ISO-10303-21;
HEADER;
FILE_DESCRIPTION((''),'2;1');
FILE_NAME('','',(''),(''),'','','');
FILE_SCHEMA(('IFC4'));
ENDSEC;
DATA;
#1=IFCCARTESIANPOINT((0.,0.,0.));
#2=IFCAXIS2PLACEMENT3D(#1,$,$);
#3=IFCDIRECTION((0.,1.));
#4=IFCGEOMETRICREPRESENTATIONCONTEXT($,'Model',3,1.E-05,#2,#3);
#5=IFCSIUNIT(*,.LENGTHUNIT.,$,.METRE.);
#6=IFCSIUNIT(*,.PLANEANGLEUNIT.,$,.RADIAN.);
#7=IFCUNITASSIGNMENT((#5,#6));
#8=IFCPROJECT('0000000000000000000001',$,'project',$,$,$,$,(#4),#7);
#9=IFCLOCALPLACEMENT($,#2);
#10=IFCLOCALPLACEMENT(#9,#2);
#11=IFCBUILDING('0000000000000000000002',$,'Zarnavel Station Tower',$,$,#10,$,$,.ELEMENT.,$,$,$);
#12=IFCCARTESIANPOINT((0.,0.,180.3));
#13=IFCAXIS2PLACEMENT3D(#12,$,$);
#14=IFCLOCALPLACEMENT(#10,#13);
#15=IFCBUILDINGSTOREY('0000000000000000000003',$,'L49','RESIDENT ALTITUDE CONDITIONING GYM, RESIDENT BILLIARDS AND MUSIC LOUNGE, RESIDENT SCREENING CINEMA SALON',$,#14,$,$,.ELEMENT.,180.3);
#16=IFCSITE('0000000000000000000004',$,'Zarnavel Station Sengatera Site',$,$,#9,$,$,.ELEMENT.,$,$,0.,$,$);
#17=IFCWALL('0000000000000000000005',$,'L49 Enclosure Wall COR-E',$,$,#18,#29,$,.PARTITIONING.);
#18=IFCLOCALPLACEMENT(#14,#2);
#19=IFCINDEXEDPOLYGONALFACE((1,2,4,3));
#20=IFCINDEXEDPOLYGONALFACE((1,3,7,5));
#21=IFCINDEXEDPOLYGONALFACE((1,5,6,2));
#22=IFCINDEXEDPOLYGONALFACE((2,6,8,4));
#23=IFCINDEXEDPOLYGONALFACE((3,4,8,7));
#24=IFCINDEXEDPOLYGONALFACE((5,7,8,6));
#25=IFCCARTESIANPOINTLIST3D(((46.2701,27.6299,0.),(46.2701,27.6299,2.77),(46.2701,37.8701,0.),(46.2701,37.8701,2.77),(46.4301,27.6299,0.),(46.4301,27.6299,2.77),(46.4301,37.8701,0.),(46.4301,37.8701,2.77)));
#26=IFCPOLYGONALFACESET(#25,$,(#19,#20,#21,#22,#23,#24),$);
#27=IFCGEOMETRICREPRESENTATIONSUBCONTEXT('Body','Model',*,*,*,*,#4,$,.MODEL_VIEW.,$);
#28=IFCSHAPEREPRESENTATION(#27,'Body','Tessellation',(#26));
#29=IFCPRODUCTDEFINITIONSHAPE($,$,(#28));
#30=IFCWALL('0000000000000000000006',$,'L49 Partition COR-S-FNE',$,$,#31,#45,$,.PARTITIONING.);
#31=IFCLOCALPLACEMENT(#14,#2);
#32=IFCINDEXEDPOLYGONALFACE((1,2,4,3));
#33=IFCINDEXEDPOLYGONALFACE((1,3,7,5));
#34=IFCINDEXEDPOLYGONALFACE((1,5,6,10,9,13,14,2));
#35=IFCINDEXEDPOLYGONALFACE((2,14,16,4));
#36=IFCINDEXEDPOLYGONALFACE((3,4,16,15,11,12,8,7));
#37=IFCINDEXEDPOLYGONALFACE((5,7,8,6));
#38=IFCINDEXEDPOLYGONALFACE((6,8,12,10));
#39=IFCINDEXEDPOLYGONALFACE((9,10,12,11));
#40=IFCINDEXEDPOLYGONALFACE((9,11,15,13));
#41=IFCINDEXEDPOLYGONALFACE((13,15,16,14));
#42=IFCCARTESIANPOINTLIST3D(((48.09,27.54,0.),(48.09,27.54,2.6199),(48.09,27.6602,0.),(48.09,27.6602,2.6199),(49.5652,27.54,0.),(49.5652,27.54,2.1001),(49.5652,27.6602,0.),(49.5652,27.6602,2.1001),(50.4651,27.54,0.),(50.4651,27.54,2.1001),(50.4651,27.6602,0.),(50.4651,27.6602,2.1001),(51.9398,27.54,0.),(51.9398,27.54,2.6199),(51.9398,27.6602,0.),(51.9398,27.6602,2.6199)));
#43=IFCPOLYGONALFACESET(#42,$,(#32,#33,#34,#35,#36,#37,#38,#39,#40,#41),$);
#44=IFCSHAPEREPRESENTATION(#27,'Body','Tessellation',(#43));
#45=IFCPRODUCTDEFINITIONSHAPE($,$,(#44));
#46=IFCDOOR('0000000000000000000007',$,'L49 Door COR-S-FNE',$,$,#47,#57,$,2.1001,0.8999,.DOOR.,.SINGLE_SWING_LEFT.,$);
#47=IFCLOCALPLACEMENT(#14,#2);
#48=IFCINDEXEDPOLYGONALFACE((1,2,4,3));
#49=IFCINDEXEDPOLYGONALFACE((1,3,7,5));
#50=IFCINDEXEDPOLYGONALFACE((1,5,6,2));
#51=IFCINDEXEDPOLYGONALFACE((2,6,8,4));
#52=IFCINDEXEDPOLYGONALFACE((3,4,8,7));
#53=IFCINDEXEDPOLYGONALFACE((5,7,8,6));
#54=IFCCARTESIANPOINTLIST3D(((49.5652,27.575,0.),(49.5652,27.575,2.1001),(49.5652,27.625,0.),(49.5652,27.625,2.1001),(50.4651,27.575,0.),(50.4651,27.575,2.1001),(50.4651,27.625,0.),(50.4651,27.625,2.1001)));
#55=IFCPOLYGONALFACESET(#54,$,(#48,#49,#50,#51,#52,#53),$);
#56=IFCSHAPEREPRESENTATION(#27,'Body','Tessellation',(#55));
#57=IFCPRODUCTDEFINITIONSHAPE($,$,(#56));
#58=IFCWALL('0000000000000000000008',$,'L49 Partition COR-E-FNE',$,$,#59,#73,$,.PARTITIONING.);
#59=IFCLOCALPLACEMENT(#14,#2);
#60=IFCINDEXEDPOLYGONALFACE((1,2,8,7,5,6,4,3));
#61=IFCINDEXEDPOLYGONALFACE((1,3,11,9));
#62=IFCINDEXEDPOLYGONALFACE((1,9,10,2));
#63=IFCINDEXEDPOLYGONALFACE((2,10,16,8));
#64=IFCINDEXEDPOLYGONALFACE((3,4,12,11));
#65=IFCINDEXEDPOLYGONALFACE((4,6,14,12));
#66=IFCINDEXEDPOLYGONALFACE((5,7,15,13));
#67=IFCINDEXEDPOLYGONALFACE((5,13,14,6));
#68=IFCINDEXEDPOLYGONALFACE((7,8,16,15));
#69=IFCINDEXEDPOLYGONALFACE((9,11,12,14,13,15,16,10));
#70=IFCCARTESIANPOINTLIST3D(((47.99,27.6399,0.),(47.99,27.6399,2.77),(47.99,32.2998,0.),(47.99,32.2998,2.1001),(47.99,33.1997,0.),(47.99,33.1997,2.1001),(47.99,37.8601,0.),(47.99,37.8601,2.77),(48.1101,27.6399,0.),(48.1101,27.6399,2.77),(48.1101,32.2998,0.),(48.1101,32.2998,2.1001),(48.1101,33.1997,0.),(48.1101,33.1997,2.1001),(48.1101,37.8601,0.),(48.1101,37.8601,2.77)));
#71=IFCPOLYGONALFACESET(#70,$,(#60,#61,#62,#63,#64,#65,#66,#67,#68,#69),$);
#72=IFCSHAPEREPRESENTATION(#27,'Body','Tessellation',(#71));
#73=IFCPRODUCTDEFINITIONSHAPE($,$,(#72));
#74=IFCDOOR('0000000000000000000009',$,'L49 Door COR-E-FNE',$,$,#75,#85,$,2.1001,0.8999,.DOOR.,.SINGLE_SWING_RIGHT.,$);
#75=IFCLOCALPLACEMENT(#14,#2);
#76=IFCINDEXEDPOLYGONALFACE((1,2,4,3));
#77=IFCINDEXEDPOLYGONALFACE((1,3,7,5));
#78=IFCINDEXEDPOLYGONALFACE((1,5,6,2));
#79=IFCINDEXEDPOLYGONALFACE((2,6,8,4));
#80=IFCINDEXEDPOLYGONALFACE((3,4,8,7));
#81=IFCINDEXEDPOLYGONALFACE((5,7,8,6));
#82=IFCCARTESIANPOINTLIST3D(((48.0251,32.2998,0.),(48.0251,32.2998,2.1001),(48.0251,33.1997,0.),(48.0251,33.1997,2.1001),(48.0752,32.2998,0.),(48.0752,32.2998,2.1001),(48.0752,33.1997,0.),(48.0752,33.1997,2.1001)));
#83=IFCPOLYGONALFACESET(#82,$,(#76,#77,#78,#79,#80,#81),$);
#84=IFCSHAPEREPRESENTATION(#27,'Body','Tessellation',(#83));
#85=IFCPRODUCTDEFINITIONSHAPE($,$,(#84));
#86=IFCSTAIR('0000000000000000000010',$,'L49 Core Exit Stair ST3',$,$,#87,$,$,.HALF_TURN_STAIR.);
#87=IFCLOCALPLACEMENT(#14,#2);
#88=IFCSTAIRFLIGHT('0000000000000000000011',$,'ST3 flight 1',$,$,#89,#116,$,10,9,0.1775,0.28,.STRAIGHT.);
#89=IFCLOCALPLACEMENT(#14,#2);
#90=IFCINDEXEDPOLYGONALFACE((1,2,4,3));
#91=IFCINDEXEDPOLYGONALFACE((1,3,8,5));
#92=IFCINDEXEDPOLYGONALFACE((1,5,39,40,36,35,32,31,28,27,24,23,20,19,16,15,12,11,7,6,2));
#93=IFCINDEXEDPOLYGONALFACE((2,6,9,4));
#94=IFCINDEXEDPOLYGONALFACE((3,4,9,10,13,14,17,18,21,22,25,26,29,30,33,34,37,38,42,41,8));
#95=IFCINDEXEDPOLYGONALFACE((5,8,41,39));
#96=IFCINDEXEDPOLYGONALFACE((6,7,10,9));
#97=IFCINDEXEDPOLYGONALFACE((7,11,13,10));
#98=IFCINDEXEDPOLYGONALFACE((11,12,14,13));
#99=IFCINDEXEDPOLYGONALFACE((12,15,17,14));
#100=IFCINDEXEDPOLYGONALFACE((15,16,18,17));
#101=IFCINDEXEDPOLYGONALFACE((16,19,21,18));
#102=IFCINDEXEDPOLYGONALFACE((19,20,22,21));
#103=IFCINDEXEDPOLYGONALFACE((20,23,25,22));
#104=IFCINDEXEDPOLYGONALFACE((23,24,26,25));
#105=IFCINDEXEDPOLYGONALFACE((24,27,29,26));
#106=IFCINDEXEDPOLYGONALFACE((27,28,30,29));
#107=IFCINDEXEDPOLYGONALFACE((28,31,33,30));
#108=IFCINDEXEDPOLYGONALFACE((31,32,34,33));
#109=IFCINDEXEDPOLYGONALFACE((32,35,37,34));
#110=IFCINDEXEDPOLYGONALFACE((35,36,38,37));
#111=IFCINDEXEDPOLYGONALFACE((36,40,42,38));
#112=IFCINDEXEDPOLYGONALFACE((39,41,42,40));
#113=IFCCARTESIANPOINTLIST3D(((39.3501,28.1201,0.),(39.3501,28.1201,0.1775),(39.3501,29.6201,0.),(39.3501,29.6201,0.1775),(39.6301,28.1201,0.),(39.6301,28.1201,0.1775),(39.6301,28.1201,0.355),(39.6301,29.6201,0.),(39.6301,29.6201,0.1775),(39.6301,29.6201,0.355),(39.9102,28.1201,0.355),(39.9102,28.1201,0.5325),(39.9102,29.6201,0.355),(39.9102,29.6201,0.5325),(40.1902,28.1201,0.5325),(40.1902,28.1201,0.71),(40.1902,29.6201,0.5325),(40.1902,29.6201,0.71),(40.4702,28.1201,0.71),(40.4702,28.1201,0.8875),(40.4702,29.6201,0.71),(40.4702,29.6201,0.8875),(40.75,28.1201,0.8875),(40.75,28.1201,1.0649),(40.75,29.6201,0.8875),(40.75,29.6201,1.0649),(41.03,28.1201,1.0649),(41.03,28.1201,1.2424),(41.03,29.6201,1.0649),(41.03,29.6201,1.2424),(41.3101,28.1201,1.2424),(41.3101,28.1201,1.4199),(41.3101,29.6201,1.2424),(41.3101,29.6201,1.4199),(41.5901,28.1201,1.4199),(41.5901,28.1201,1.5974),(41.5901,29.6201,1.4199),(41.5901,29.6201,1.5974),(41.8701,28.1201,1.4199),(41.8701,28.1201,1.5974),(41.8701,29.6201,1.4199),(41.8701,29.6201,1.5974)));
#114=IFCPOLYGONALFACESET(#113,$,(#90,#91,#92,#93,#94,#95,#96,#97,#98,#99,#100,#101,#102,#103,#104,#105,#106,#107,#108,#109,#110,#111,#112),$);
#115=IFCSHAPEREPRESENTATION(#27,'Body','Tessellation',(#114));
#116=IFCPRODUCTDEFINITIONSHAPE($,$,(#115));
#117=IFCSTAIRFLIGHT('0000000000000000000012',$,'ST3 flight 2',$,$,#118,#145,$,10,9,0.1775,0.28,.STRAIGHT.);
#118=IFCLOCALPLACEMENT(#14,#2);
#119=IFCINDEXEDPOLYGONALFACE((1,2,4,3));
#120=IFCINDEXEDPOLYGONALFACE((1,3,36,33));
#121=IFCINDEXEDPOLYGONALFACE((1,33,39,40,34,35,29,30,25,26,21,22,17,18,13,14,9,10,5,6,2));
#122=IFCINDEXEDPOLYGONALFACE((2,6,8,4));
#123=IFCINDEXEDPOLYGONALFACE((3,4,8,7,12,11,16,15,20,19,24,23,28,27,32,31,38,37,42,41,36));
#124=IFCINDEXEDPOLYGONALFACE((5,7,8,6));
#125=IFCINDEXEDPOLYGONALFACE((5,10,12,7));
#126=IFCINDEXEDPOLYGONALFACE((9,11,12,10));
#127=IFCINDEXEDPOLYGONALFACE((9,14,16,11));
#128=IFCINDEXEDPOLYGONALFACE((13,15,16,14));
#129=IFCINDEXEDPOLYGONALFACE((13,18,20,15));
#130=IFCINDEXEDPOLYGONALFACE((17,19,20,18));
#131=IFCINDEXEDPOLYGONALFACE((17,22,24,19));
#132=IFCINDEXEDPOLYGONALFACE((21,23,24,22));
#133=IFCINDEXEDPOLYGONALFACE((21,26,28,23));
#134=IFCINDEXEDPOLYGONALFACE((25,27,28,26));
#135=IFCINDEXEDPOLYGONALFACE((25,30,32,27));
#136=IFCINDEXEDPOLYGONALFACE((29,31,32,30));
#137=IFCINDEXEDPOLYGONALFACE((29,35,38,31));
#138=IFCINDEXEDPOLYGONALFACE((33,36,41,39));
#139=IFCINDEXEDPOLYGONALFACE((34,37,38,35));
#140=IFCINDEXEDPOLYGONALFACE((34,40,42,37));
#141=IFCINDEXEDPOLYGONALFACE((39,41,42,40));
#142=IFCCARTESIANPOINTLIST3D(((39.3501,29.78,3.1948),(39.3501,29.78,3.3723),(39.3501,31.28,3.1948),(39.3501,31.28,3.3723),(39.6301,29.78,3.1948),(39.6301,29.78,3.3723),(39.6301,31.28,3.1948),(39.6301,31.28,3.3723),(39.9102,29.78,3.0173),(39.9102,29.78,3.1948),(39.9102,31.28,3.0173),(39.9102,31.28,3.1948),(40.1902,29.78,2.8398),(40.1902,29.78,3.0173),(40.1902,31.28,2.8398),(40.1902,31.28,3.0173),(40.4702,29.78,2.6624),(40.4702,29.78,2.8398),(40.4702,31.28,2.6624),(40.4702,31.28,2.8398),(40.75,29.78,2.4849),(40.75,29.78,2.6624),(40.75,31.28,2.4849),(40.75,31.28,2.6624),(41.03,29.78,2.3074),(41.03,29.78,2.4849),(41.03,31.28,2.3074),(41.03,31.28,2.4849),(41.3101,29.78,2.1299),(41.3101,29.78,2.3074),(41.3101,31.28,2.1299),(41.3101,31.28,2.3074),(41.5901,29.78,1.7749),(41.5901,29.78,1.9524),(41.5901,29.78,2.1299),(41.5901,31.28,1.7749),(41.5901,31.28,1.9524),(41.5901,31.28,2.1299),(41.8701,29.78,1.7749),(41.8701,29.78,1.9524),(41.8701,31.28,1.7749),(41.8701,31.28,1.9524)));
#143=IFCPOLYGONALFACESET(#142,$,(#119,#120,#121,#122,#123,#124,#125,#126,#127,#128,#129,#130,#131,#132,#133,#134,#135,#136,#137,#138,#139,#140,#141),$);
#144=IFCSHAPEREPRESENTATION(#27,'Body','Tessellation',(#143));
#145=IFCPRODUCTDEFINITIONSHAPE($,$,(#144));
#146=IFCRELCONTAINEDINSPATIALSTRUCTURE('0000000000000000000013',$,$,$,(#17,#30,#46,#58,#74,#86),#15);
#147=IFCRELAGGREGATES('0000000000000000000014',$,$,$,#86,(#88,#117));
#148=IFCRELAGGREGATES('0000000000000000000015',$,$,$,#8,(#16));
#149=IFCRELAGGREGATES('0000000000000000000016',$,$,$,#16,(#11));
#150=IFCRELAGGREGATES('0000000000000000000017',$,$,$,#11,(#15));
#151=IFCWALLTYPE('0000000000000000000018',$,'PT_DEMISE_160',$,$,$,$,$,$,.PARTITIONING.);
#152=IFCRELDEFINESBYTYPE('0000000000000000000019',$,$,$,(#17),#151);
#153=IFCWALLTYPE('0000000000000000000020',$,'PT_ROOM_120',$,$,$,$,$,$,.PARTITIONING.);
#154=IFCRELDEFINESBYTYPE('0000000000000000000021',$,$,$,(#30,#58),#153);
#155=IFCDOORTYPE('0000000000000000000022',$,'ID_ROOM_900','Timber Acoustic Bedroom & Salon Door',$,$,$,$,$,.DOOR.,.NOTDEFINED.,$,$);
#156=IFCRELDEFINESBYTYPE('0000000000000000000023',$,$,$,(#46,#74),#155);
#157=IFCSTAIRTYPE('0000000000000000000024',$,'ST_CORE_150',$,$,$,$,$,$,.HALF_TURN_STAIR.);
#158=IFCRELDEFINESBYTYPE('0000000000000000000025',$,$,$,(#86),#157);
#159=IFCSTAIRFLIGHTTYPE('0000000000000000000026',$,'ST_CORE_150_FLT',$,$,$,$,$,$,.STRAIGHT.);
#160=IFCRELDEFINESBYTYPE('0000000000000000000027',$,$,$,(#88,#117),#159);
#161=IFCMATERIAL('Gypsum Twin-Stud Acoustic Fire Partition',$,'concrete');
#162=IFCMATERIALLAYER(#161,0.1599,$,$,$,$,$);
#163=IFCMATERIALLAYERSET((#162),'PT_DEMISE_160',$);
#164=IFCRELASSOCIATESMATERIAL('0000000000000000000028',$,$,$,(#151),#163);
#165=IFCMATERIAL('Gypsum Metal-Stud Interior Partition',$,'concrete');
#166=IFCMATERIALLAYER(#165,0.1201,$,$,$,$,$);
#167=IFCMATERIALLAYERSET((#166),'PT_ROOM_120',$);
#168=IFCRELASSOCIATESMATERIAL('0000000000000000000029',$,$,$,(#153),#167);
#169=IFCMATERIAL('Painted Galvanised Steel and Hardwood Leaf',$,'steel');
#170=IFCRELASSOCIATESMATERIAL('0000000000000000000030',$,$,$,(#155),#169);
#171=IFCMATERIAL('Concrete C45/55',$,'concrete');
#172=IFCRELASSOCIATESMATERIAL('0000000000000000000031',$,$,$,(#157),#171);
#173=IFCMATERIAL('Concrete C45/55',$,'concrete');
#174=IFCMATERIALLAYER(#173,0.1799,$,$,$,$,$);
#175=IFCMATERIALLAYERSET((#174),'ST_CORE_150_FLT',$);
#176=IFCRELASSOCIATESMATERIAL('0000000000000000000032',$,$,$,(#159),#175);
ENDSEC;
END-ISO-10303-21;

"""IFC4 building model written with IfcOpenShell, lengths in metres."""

from ifc_helpers import new_model, si_unit, direction, frame, frame_2d, origin, place, context, subcontext, project, spatial, polyline, rectangle, outline, extrude, material, layer, layer_set, type_object, element, fill, aggregate, save


model = new_model("IFC4")

# Units and contexts
model_context = context("Model", 3, precision=1e-05, world=origin(), true_north=direction((0.0, 1.0)))
body_context = subcontext(model_context, "Body", "Model", "MODEL_VIEW")
ifc_project = project(units=[si_unit("LENGTHUNIT", "METRE"), si_unit("PLANEANGLEUNIT", "RADIAN")], contexts=[model_context])

# Site, building, storey
site_placement = place(None, origin())
site = spatial("IfcSite", under=ifc_project, at=site_placement, Name="Zarnavel Station Sengatera Site", CompositionType="ELEMENT", RefElevation=0.0)
building_placement = place(site_placement, origin())
building = spatial("IfcBuilding", under=site, at=building_placement, Name="Zarnavel Station Tower", CompositionType="ELEMENT")
storey_placement = place(building_placement, frame((0.0, 0.0, 180.3)))
storey = spatial("IfcBuildingStorey", under=building, at=storey_placement, Name="L49", Description="RESIDENT ALTITUDE CONDITIONING GYM, RESIDENT BILLIARDS AND MUSIC LOUNGE, RESIDENT SCREENING CINEMA SALON", CompositionType="ELEMENT", Elevation=180.3)

# Wall
ifc_material_1 = material(Name="Gypsum Twin-Stud Acoustic Fire Partition", Category="concrete")
ifc_layer_1 = layer(ifc_material_1, 0.1599)
ifc_layer_set_1 = layer_set([ifc_layer_1], Name="PT_DEMISE_160")
wall_type_1 = type_object("IfcWallType", Name="PT_DEMISE_160", PredefinedType="PARTITIONING", material=ifc_layer_set_1)
wall_1_placement = place(storey_placement, frame((46.3501, 27.6299, 0.0), z_axis=(0.0, 0.0, 1.0), x_axis=(0.0, 1.0, 0.0)))
element("IfcWall", 1, at=wall_1_placement, inside=storey, type_object=wall_type_1, Name="L49 Enclosure Wall COR-E", PredefinedType="PARTITIONING", context=body_context, shape_type="SweptSolid", body=[
    extrude(rectangle(XDim=10.2402, YDim=0.1599, at=frame_2d((5.1201, 0.0))), origin(), (0.0, 0.0, 1.0), 2.77),
])

# Walls, openings, doors
ifc_material_2 = material(Name="Gypsum Metal-Stud Interior Partition", Category="concrete")
ifc_layer_2 = layer(ifc_material_2, 0.1201)
ifc_layer_set_2 = layer_set([ifc_layer_2], Name="PT_ROOM_120")
wall_type_2 = type_object("IfcWallType", Name="PT_ROOM_120", PredefinedType="PARTITIONING", material=ifc_layer_set_2)
wall_2_placement = place(storey_placement, frame((48.0901, 27.6001, 0.0), z_axis=(0.0, 0.0, 1.0), x_axis=(1.0, 0.0, 0.0)))
wall_2 = element("IfcWall", 2, at=wall_2_placement, inside=storey, type_object=wall_type_2, Name="L49 Partition COR-S-FNE", PredefinedType="PARTITIONING", context=body_context, shape_type="SweptSolid", body=[
    extrude(rectangle(XDim=3.8499, YDim=0.1201, at=frame_2d((1.9248, 0.0))), origin(), (0.0, 0.0, 1.0), 2.6199),
])
opening_1_placement = place(wall_2_placement, frame((1.4751, 0.0, 0.0)))
opening_1 = element("IfcOpeningElement", 3, at=opening_1_placement, cuts=wall_2, PredefinedType="OPENING", context=body_context, shape_type="SweptSolid", body=[
    extrude(rectangle(XDim=0.8999, YDim=2.1001, at=frame_2d((0.45, 1.05))), frame((0.0, 0.0701, 0.0), z_axis=(0.0, -1.0, 0.0), x_axis=(1.0, 0.0, 0.0)), (0.0, 0.0, 1.0), 0.1401),
])
ifc_material_3 = material(Name="Painted Galvanised Steel and Hardwood Leaf", Category="steel")
door_type_1 = type_object("IfcDoorType", Name="ID_ROOM_900", Description="Timber Acoustic Bedroom & Salon Door", OperationType="NOTDEFINED", PredefinedType="DOOR", material=ifc_material_3)
door_1_placement = place(opening_1_placement, origin())
door_1 = element("IfcDoor", 4, at=door_1_placement, inside=storey, type_object=door_type_1, Name="L49 Door COR-S-FNE", OperationType="SINGLE_SWING_LEFT", OverallHeight=2.1001, OverallWidth=0.8999, PredefinedType="DOOR", context=body_context, shape_type="SweptSolid", body=[
    extrude(rectangle(XDim=0.8999, YDim=2.1001, at=frame_2d((0.45, 1.05))), frame((0.0, 0.0249, 0.0), z_axis=(0.0, -1.0, 0.0), x_axis=(1.0, 0.0, 0.0)), (0.0, 0.0, 1.0), 0.05),
])
fill(opening_1, door_1)
wall_3_placement = place(storey_placement, frame((48.05, 27.6399, 0.0), z_axis=(0.0, 0.0, 1.0), x_axis=(0.0, 1.0, 0.0)))
wall_3 = element("IfcWall", 5, at=wall_3_placement, inside=storey, type_object=wall_type_2, Name="L49 Partition COR-E-FNE", PredefinedType="PARTITIONING", context=body_context, shape_type="SweptSolid", body=[
    extrude(rectangle(XDim=10.2202, YDim=0.1201, at=frame_2d((5.1101, 0.0))), origin(), (0.0, 0.0, 1.0), 2.77),
])
opening_2_placement = place(wall_3_placement, frame((4.6599, 0.0, 0.0)))
opening_2 = element("IfcOpeningElement", 6, at=opening_2_placement, cuts=wall_3, PredefinedType="OPENING", context=body_context, shape_type="SweptSolid", body=[
    extrude(rectangle(XDim=0.8999, YDim=2.1001, at=frame_2d((0.45, 1.05))), frame((0.0, 0.0701, 0.0), z_axis=(0.0, -1.0, 0.0), x_axis=(1.0, 0.0, 0.0)), (0.0, 0.0, 1.0), 0.1401),
])
door_2_placement = place(opening_2_placement, origin())
door_2 = element("IfcDoor", 7, at=door_2_placement, inside=storey, type_object=door_type_1, Name="L49 Door COR-E-FNE", OperationType="SINGLE_SWING_RIGHT", OverallHeight=2.1001, OverallWidth=0.8999, PredefinedType="DOOR", context=body_context, shape_type="SweptSolid", body=[
    extrude(rectangle(XDim=0.8999, YDim=2.1001, at=frame_2d((0.45, 1.05))), frame((0.0, 0.0249, 0.0), z_axis=(0.0, -1.0, 0.0), x_axis=(1.0, 0.0, 0.0)), (0.0, 0.0, 1.0), 0.05),
])
fill(opening_2, door_2)

# Stair, stair flights
ifc_material_4 = material(Name="Concrete C45/55", Category="concrete")
stair_type = type_object("IfcStairType", Name="ST_CORE_150", PredefinedType="HALF_TURN_STAIR", material=ifc_material_4)
stair_placement = place(storey_placement, origin())
stair = element("IfcStair", 8, at=stair_placement, inside=storey, type_object=stair_type, Name="L49 Core Exit Stair ST3", PredefinedType="HALF_TURN_STAIR")
ifc_material_5 = material(Name="Concrete C45/55", Category="concrete")
ifc_layer_3 = layer(ifc_material_5, 0.1799)
ifc_layer_set_3 = layer_set([ifc_layer_3], Name="ST_CORE_150_FLT")
stair_flight_type = type_object("IfcStairFlightType", Name="ST_CORE_150_FLT", PredefinedType="STRAIGHT", material=ifc_layer_set_3)
stair_flight_1_placement = place(storey_placement, frame((39.3501, 28.8701, 0.0), z_axis=(0.0, 0.0, 1.0), x_axis=(1.0, 0.0, 0.0)))
stair_flight_1 = element("IfcStairFlight", 9, at=stair_flight_1_placement, type_object=stair_flight_type, Name="ST3 flight 1", NumberOfRisers=10, NumberOfTreads=9, PredefinedType="STRAIGHT", RiserHeight=0.1775, TreadLength=0.28, context=body_context, shape_type="SweptSolid", body=[
    extrude(outline(polyline([(0.0, 0.0), (0.0, 0.1775), (0.28, 0.1775), (0.28, 0.355), (0.5601, 0.355), (0.5601, 0.5325), (0.8401, 0.5325), (0.8401, 0.71), (1.1201, 0.71), (1.1201, 0.8875), (1.3999, 0.8875), (1.3999, 1.0649), (1.6799, 1.0649), (1.6799, 1.2424), (1.96, 1.2424), (1.96, 1.4199), (2.24, 1.4199), (2.24, 1.5974), (2.52, 1.5974), (2.52, 1.7749), (2.52, 1.4199), (0.28, 0.0), (0.0, 0.0)])), frame((0.0, 0.75, 0.0), z_axis=(0.0, -1.0, 0.0), x_axis=(1.0, 0.0, 0.0)), (0.0, 0.0, 1.0), 1.5),
])
stair_flight_2_placement = place(storey_placement, frame((41.8701, 30.53, 1.7749), z_axis=(0.0, 0.0, 1.0), x_axis=(-1.0, 0.0, 0.0)))
stair_flight_2 = element("IfcStairFlight", 10, at=stair_flight_2_placement, type_object=stair_flight_type, Name="ST3 flight 2", NumberOfRisers=10, NumberOfTreads=9, PredefinedType="STRAIGHT", RiserHeight=0.1775, TreadLength=0.28, context=body_context, shape_type="SweptSolid", body=[
    extrude(outline(polyline([(0.0, 0.0), (0.0, 0.1775), (0.28, 0.1775), (0.28, 0.355), (0.5601, 0.355), (0.5601, 0.5325), (0.8401, 0.5325), (0.8401, 0.71), (1.1201, 0.71), (1.1201, 0.8875), (1.3999, 0.8875), (1.3999, 1.0649), (1.6799, 1.0649), (1.6799, 1.2424), (1.96, 1.2424), (1.96, 1.4199), (2.24, 1.4199), (2.24, 1.5974), (2.52, 1.5974), (2.52, 1.7749), (2.52, 1.4199), (0.28, 0.0), (0.0, 0.0)])), frame((0.0, 0.75, 0.0), z_axis=(0.0, -1.0, 0.0), x_axis=(1.0, 0.0, 0.0)), (0.0, 0.0, 1.0), 1.5),
])
aggregate(stair, [stair_flight_1, stair_flight_2])

save(model, "model.ifc")
